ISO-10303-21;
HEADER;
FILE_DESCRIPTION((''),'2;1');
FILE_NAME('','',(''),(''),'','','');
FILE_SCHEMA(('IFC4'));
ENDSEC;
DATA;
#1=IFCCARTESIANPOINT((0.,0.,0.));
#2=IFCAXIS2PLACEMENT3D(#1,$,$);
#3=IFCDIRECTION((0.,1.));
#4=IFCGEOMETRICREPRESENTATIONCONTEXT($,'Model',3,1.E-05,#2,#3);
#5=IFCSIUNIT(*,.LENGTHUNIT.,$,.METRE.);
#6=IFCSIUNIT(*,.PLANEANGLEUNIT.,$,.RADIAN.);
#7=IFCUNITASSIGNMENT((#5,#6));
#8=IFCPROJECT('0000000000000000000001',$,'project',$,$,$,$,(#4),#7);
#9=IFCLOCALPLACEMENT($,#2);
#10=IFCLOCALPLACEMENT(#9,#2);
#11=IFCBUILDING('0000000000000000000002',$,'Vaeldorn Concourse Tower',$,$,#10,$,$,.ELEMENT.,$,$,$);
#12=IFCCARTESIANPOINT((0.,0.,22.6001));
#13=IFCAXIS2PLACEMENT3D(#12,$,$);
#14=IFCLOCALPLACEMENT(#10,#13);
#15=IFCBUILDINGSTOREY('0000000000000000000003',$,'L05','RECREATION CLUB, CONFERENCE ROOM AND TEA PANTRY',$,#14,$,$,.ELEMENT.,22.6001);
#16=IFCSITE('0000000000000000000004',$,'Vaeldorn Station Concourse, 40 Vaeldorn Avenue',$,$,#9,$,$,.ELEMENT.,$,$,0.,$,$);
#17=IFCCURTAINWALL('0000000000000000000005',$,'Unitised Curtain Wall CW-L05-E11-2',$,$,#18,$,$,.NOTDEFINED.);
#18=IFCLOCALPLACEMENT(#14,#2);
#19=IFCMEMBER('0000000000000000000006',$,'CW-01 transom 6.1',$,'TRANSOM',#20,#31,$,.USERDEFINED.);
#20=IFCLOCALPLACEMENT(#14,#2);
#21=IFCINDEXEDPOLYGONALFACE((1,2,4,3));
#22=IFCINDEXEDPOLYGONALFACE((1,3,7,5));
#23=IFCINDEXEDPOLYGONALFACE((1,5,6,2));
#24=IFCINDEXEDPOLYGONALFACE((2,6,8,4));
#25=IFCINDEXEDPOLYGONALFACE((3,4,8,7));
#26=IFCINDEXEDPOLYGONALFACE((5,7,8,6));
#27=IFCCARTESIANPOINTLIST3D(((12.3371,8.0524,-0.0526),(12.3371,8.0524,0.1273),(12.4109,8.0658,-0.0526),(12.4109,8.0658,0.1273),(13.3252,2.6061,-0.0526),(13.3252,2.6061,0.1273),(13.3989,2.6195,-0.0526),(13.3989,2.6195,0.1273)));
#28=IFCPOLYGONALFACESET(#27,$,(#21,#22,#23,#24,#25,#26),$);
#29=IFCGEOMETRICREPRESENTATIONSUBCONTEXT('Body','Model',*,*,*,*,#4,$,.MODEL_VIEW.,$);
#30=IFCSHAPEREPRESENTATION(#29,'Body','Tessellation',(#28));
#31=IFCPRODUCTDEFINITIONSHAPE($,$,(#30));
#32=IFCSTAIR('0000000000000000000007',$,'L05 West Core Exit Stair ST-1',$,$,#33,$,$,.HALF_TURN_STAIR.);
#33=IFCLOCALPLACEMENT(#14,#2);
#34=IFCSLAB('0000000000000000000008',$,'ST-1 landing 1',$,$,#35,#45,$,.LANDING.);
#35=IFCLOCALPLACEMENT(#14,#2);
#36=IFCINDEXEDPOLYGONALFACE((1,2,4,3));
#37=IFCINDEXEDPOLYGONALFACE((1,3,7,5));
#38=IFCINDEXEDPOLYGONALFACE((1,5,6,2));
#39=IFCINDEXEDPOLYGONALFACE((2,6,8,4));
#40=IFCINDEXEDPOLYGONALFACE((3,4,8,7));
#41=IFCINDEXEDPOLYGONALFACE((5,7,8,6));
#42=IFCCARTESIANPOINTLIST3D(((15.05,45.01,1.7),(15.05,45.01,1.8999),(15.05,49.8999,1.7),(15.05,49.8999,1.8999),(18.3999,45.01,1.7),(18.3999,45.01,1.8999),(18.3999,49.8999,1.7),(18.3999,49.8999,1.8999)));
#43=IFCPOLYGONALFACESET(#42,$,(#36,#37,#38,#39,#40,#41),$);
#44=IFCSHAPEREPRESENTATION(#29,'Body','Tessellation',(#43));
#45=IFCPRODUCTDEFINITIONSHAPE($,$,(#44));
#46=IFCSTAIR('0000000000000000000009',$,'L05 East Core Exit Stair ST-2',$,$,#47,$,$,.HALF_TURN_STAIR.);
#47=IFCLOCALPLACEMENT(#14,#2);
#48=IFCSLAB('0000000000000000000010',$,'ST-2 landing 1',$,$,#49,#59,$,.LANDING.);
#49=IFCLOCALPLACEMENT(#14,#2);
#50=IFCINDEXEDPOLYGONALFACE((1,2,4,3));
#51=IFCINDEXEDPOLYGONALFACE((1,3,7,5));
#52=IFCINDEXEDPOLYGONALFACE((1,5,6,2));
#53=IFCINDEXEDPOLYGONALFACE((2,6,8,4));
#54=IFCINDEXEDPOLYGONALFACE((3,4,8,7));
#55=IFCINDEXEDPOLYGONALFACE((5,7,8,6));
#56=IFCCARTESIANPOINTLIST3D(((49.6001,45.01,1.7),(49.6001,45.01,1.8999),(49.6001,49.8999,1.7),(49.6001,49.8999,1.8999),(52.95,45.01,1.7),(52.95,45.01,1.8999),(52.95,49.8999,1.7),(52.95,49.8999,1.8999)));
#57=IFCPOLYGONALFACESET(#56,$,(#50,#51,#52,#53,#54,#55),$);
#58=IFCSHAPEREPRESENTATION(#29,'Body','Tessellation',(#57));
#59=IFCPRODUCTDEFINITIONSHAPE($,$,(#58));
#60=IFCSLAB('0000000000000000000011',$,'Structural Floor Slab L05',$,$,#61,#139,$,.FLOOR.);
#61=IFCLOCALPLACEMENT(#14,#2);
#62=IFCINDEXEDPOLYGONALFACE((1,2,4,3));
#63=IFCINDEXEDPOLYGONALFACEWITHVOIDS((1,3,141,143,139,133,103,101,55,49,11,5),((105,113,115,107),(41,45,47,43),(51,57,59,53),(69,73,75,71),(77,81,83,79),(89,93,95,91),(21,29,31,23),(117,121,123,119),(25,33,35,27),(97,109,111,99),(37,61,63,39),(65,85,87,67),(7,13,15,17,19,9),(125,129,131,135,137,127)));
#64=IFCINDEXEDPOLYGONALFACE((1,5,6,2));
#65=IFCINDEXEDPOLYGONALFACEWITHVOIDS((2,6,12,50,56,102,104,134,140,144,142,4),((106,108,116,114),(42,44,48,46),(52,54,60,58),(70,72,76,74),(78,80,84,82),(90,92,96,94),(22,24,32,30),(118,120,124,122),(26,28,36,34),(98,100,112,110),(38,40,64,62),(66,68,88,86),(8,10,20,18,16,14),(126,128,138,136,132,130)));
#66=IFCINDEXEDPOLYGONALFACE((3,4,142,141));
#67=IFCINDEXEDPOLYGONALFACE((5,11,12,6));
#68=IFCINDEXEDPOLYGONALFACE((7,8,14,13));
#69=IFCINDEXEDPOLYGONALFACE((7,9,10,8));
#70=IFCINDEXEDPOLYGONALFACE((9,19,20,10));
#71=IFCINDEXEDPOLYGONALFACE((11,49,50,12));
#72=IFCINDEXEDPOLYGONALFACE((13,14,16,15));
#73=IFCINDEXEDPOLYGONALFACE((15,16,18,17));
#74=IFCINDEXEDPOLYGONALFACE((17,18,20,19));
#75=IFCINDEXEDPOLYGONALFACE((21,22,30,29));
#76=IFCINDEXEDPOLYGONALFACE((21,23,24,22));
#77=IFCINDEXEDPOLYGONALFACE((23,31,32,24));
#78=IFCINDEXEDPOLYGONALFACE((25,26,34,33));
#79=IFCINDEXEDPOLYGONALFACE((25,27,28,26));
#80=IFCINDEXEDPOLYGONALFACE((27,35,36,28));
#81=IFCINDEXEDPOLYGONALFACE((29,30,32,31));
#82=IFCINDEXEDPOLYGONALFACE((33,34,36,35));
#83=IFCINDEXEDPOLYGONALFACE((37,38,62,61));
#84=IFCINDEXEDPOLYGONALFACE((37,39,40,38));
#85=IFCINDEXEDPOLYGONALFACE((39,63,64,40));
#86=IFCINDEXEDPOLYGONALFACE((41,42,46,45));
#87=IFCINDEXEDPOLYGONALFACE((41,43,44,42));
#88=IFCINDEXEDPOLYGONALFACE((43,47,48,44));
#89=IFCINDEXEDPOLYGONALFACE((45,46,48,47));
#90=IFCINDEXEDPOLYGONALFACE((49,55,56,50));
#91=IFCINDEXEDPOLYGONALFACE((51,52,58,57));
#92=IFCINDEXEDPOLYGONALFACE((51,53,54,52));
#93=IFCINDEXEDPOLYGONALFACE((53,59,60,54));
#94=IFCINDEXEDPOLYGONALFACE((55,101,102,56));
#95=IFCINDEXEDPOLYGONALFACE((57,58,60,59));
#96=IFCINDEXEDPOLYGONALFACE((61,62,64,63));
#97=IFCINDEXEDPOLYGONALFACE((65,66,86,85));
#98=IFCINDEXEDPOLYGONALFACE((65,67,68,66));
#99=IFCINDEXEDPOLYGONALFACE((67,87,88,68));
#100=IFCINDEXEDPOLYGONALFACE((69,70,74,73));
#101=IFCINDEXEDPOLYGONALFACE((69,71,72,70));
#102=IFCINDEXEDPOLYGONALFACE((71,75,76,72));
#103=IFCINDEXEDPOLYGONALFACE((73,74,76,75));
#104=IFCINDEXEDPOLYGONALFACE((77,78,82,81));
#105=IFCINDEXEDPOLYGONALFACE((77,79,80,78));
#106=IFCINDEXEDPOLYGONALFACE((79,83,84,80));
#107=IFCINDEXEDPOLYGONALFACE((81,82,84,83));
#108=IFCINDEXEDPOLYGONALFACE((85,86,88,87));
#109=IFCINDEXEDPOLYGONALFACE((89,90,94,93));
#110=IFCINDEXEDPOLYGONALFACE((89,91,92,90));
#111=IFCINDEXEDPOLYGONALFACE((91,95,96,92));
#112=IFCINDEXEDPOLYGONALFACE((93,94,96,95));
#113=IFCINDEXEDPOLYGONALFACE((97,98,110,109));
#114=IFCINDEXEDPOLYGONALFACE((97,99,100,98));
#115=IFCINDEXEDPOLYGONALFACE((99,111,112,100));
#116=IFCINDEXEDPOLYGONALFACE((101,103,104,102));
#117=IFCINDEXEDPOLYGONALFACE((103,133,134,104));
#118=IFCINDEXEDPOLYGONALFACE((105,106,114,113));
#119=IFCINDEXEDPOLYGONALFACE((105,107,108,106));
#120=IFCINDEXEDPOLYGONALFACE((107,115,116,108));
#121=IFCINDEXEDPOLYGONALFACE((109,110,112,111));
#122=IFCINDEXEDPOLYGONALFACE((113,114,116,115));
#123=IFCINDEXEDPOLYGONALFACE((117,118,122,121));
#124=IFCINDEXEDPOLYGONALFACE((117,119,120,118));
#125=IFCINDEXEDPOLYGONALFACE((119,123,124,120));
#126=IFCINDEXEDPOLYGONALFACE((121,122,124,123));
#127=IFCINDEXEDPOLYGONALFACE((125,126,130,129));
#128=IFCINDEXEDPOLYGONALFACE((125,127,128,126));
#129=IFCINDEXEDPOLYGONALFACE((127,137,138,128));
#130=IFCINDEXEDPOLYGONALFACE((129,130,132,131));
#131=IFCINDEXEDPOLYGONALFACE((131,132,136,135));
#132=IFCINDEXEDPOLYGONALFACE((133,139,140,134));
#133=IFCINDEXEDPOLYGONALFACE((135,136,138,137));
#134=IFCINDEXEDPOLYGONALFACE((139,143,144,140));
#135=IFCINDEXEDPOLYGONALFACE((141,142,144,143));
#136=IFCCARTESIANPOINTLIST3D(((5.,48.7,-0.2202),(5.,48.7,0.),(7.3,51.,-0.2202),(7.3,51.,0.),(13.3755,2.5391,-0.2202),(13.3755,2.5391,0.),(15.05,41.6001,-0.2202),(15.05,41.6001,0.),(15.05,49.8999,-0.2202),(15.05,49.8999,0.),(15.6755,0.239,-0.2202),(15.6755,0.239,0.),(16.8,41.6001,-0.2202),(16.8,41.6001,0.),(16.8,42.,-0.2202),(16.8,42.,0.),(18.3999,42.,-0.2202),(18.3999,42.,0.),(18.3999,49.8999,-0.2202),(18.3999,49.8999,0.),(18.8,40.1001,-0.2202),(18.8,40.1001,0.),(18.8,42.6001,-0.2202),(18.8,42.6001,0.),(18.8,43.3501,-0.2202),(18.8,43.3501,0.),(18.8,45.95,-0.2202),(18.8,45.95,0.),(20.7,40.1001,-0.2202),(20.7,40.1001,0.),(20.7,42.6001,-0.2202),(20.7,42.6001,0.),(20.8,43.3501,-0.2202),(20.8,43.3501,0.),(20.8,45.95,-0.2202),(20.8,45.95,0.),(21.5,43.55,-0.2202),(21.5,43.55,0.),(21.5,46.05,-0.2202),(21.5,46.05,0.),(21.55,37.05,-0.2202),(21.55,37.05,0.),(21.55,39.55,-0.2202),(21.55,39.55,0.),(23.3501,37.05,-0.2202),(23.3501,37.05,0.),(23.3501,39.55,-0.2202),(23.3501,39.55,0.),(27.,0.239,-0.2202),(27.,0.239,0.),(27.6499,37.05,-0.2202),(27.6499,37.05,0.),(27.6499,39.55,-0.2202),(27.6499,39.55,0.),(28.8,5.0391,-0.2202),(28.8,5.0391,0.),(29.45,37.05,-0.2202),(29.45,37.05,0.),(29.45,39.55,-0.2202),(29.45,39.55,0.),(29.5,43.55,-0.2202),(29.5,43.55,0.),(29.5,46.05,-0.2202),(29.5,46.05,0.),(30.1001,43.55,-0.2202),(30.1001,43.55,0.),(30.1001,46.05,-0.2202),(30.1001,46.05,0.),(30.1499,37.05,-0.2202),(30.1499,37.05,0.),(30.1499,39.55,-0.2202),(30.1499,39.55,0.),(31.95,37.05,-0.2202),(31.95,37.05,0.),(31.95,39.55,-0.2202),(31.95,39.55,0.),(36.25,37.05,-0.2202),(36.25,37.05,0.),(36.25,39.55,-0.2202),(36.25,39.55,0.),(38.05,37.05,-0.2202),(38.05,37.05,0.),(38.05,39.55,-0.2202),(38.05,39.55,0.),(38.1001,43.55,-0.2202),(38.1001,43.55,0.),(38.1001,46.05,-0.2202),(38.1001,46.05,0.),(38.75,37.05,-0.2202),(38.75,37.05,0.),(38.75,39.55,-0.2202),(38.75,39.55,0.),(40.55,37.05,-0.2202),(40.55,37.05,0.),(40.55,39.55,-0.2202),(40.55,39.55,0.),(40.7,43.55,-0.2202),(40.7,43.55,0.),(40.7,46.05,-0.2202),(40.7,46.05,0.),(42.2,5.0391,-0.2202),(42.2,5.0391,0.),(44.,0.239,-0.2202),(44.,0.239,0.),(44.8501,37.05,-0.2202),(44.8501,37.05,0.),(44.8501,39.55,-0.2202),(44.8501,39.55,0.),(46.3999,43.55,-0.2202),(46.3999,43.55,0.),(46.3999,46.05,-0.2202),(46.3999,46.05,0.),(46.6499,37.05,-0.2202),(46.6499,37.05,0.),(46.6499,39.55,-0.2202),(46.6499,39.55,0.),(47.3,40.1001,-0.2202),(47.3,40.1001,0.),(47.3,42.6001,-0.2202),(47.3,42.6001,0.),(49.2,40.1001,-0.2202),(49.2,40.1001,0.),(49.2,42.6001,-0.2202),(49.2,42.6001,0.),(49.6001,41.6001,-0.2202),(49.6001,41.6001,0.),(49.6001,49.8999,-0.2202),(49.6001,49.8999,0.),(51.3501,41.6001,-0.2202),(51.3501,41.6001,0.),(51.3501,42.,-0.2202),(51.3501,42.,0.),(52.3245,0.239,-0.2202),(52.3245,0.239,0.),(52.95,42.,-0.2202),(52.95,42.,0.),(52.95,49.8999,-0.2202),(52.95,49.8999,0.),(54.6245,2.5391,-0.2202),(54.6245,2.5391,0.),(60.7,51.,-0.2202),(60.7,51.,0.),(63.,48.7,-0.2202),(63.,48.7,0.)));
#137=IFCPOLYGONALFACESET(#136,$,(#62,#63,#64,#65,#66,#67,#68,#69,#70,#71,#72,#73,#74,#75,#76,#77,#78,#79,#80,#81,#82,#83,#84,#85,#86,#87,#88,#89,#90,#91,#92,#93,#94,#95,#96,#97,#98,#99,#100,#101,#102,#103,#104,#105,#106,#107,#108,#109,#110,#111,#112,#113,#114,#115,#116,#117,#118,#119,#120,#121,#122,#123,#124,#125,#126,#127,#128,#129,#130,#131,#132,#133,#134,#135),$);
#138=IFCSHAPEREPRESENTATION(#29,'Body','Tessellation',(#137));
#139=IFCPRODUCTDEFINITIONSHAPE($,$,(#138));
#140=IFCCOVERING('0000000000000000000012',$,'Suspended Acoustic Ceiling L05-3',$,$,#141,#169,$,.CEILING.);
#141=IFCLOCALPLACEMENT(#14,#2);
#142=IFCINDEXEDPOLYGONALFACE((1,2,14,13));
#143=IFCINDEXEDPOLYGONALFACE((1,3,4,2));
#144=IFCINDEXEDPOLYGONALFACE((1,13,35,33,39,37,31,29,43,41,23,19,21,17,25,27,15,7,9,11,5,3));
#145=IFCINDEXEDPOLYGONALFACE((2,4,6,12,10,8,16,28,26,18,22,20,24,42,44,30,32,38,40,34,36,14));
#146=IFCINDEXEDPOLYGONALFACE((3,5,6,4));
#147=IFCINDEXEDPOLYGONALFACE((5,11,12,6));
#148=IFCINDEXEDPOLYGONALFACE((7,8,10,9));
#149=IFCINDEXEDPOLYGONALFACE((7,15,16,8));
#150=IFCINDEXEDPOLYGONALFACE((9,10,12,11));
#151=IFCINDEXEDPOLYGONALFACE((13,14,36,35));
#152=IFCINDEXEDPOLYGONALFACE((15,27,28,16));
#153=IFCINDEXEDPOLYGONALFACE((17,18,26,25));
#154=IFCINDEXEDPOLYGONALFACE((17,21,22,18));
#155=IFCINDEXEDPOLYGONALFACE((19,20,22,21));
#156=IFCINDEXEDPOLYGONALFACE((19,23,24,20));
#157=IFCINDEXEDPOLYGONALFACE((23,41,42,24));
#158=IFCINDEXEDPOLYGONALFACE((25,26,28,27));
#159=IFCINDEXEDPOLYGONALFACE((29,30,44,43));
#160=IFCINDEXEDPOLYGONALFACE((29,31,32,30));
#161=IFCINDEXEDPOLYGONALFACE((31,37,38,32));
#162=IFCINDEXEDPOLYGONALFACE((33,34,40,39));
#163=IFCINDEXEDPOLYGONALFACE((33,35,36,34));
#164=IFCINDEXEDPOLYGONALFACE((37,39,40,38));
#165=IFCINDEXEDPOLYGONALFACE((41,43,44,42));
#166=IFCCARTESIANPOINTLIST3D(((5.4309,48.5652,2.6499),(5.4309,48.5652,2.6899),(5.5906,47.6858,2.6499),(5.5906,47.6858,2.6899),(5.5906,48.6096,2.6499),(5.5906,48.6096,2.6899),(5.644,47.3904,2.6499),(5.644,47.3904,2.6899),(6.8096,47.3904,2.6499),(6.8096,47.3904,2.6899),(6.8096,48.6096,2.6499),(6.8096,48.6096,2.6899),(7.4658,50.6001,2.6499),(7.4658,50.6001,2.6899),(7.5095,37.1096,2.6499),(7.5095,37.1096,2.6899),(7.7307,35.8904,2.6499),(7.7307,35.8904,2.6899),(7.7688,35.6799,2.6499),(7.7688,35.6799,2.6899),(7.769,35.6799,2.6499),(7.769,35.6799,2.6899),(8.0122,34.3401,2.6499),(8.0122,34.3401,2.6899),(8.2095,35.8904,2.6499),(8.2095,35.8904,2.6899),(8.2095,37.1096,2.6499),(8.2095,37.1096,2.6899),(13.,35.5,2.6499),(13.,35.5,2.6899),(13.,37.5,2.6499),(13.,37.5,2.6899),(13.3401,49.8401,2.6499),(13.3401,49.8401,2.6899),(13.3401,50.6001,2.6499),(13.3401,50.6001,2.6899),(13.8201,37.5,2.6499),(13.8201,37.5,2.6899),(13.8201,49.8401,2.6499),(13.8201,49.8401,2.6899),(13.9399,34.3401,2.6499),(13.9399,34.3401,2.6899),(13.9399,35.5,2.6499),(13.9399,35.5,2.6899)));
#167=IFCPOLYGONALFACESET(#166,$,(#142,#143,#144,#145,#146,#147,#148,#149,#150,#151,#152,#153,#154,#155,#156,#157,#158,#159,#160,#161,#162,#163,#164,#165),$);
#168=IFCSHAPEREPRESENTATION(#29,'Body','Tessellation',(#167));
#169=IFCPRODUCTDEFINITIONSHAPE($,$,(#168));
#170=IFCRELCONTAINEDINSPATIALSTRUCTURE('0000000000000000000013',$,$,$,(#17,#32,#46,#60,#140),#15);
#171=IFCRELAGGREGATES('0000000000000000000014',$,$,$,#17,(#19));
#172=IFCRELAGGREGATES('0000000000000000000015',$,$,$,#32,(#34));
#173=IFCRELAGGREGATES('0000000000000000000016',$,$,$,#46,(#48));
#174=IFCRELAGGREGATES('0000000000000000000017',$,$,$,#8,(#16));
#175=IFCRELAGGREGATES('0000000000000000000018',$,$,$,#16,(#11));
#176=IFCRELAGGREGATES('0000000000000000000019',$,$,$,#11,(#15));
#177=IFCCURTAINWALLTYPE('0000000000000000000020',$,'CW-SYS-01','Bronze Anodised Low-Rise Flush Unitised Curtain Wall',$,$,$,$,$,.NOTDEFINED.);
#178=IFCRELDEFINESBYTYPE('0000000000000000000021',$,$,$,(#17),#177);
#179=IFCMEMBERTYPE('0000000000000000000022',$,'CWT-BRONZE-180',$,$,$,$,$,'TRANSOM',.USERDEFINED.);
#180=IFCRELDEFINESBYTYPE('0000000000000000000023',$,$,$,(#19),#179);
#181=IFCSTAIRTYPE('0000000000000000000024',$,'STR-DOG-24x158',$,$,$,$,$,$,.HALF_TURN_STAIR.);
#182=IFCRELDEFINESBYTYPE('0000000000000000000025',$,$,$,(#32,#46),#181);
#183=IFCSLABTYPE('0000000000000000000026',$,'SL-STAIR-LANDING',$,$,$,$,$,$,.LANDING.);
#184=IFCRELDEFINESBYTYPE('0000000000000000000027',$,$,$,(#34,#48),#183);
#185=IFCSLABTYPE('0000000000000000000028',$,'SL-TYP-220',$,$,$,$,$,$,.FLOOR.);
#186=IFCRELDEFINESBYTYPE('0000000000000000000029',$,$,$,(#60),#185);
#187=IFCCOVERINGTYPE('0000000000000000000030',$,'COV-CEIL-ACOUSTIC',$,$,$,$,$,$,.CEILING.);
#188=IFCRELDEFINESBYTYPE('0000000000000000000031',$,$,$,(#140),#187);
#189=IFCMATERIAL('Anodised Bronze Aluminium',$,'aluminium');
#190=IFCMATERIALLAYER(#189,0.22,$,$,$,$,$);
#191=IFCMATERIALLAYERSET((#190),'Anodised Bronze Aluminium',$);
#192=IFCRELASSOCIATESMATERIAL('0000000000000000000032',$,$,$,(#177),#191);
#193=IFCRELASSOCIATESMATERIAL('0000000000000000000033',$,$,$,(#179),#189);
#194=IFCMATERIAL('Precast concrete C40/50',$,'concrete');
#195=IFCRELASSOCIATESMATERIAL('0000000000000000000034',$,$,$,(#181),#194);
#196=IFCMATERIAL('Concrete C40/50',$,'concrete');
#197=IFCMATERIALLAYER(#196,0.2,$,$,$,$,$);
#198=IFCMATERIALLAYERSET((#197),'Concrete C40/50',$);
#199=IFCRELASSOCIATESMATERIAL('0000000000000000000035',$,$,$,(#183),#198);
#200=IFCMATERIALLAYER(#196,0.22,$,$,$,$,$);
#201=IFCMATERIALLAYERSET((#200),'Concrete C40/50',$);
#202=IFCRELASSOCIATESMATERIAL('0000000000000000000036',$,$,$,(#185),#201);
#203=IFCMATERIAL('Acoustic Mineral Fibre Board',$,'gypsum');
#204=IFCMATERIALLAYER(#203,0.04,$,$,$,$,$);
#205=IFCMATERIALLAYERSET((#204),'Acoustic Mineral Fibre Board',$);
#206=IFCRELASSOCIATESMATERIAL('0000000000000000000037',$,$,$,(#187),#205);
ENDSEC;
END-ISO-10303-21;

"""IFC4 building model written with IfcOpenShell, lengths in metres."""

from ifc_helpers import new_model, si_unit, direction, frame, origin, origin_2d, place, context, subcontext, project, spatial, polyline, rectangle, outline, extrude, source, transform, mapped, material, layer, layer_set, material_profile, profile_set, type_object, element, aggregate, save


model = new_model("IFC4")

# Units and contexts
model_context = context("Model", 3, precision=1e-05, world=origin(), true_north=direction((0.0, 1.0)))
body_context = subcontext(model_context, "Body", "Model", "MODEL_VIEW")
ifc_project = project(units=[si_unit("LENGTHUNIT", "METRE"), si_unit("PLANEANGLEUNIT", "RADIAN")], contexts=[model_context])

# Site, building, storey
site_placement = place(None, origin())
site = spatial("IfcSite", under=ifc_project, at=site_placement, Name="Vaeldorn Station Concourse, 40 Vaeldorn Avenue", CompositionType="ELEMENT", RefElevation=0.0)
building_placement = place(site_placement, origin())
building = spatial("IfcBuilding", under=site, at=building_placement, Name="Vaeldorn Concourse Tower", CompositionType="ELEMENT")
storey_placement = place(building_placement, frame((0.0, 0.0, 22.6001)))
storey = spatial("IfcBuildingStorey", under=building, at=storey_placement, Name="L05", Description="RECREATION CLUB, CONFERENCE ROOM AND TEA PANTRY", CompositionType="ELEMENT", Elevation=22.6001)

# Curtain wall, member
ifc_material_1 = material(Name="Anodised Bronze Aluminium", Category="aluminium")
ifc_layer_1 = layer(ifc_material_1, 0.22)
ifc_layer_set_1 = layer_set([ifc_layer_1], Name="Anodised Bronze Aluminium")
curtain_wall_type = type_object("IfcCurtainWallType", Name="CW-SYS-01", Description="Bronze Anodised Low-Rise Flush Unitised Curtain Wall", PredefinedType="NOTDEFINED", material=ifc_layer_set_1)
curtain_wall_placement = place(storey_placement, origin())
curtain_wall = element("IfcCurtainWall", 1, at=curtain_wall_placement, inside=storey, type_object=curtain_wall_type, Name="Unitised Curtain Wall CW-L05-E11-2", PredefinedType="NOTDEFINED")
ifc_material_profile = material_profile(ifc_material_1, rectangle(XDim=0.075, YDim=0.1799, at=origin_2d()), Name="CWT 75x180")
ifc_profile_set = profile_set([ifc_material_profile], Name="Anodised Bronze Aluminium")
member_type = type_object("IfcMemberType", Name="CWT-BRONZE-180", ElementType="TRANSOM", PredefinedType="USERDEFINED", material=ifc_profile_set)
shared_shape = source(origin(), body_context, "Body", "SweptSolid", [
    extrude(rectangle(XDim=0.075, YDim=0.1799, at=origin_2d()), origin(), (0.0, 0.0, 1.0), 5.5352),
])
member_placement = place(storey_placement, frame((12.374, 8.0591, 0.0374), z_axis=(0.178501, -0.98394, 0.0), x_axis=(0.98394, 0.178501, 0.0)))
member = element("IfcMember", 2, at=member_placement, type_object=member_type, Name="CW-01 transom 6.1", ObjectType="TRANSOM", PredefinedType="USERDEFINED", context=body_context, shape_type="MappedRepresentation", body=[
    mapped(shared_shape, transform((0.0, 0.0, 0.0), scale=1.0)),
])
aggregate(curtain_wall, [member])

# Stairs, slabs
ifc_material_2 = material(Name="Precast concrete C40/50", Category="concrete")
stair_type = type_object("IfcStairType", Name="STR-DOG-24x158", PredefinedType="HALF_TURN_STAIR", material=ifc_material_2)
stair_1_placement = place(storey_placement, origin())
stair_1 = element("IfcStair", 3, at=stair_1_placement, inside=storey, type_object=stair_type, Name="L05 West Core Exit Stair ST-1", PredefinedType="HALF_TURN_STAIR")
ifc_material_3 = material(Name="Concrete C40/50", Category="concrete")
ifc_layer_2 = layer(ifc_material_3, 0.2)
ifc_layer_set_2 = layer_set([ifc_layer_2], Name="Concrete C40/50")
slab_type_1 = type_object("IfcSlabType", Name="SL-STAIR-LANDING", PredefinedType="LANDING", material=ifc_layer_set_2)
slab_1_placement = place(storey_placement, frame((0.0, 0.0, 1.7)))
slab_1 = element("IfcSlab", 4, at=slab_1_placement, type_object=slab_type_1, Name="ST-1 landing 1", PredefinedType="LANDING", context=body_context, shape_type="SweptSolid", body=[
    extrude(outline(polyline([(18.3999, 45.01), (18.3999, 49.8999), (15.05, 49.8999), (15.05, 45.01), (18.3999, 45.01)])), origin(), (0.0, 0.0, 1.0), 0.2),
])
aggregate(stair_1, [slab_1])
stair_2_placement = place(storey_placement, origin())
stair_2 = element("IfcStair", 5, at=stair_2_placement, inside=storey, type_object=stair_type, Name="L05 East Core Exit Stair ST-2", PredefinedType="HALF_TURN_STAIR")
slab_2_placement = place(storey_placement, frame((0.0, 0.0, 1.7)))
slab_2 = element("IfcSlab", 6, at=slab_2_placement, type_object=slab_type_1, Name="ST-2 landing 1", PredefinedType="LANDING", context=body_context, shape_type="SweptSolid", body=[
    extrude(outline(polyline([(52.95, 45.01), (52.95, 49.8999), (49.6001, 49.8999), (49.6001, 45.01), (52.95, 45.01)])), origin(), (0.0, 0.0, 1.0), 0.2),
])
aggregate(stair_2, [slab_2])

# Slab
ifc_layer_3 = layer(ifc_material_3, 0.22)
ifc_layer_set_3 = layer_set([ifc_layer_3], Name="Concrete C40/50")
slab_type_2 = type_object("IfcSlabType", Name="SL-TYP-220", PredefinedType="FLOOR", material=ifc_layer_set_3)
slab_3_placement = place(storey_placement, frame((0.0, 0.0, -0.2202)))
element("IfcSlab", 7, at=slab_3_placement, inside=storey, type_object=slab_type_2, Name="Structural Floor Slab L05", PredefinedType="FLOOR", context=body_context, shape_type="SweptSolid", body=[
    extrude(outline(polyline([(15.6755, 0.239), (27.0, 0.239), (28.8, 5.0391), (42.2, 5.0391), (44.0, 0.239), (52.3245, 0.239), (54.6245, 2.5391), (63.0, 48.7), (60.7, 51.0), (7.3, 51.0), (5.0, 48.7), (13.3755, 2.5391), (15.6755, 0.239)]), holes=[polyline([(18.3999, 42.0), (18.3999, 49.8999), (15.05, 49.8999), (15.05, 41.6001), (16.8, 41.6001), (16.8, 42.0), (18.3999, 42.0)]), polyline([(52.95, 42.0), (52.95, 49.8999), (49.6001, 49.8999), (49.6001, 41.6001), (51.3501, 41.6001), (51.3501, 42.0), (52.95, 42.0)]), polyline([(21.55, 37.05), (23.3501, 37.05), (23.3501, 39.55), (21.55, 39.55), (21.55, 37.05)]), polyline([(27.6499, 37.05), (29.45, 37.05), (29.45, 39.55), (27.6499, 39.55), (27.6499, 37.05)]), polyline([(21.5, 43.55), (29.5, 43.55), (29.5, 46.05), (21.5, 46.05), (21.5, 43.55)]), polyline([(30.1499, 37.05), (31.95, 37.05), (31.95, 39.55), (30.1499, 39.55), (30.1499, 37.05)]), polyline([(36.25, 37.05), (38.05, 37.05), (38.05, 39.55), (36.25, 39.55), (36.25, 37.05)]), polyline([(30.1001, 43.55), (38.1001, 43.55), (38.1001, 46.05), (30.1001, 46.05), (30.1001, 43.55)]), polyline([(38.75, 37.05), (40.55, 37.05), (40.55, 39.55), (38.75, 39.55), (38.75, 37.05)]), polyline([(44.8501, 37.05), (46.6499, 37.05), (46.6499, 39.55), (44.8501, 39.55), (44.8501, 37.05)]), polyline([(40.7, 43.55), (46.3999, 43.55), (46.3999, 46.05), (40.7, 46.05), (40.7, 43.55)]), polyline([(18.8, 43.3501), (20.8, 43.3501), (20.8, 45.95), (18.8, 45.95), (18.8, 43.3501)]), polyline([(18.8, 40.1001), (20.7, 40.1001), (20.7, 42.6001), (18.8, 42.6001), (18.8, 40.1001)]), polyline([(47.3, 40.1001), (49.2, 40.1001), (49.2, 42.6001), (47.3, 42.6001), (47.3, 40.1001)])]), origin(), (0.0, 0.0, 1.0), 0.2202),
])

# Covering
ifc_material_4 = material(Name="Acoustic Mineral Fibre Board", Category="gypsum")
ifc_layer_4 = layer(ifc_material_4, 0.04)
ifc_layer_set_4 = layer_set([ifc_layer_4], Name="Acoustic Mineral Fibre Board")
covering_type_1 = type_object("IfcCoveringType", Name="COV-CEIL-ACOUSTIC", PredefinedType="CEILING", material=ifc_layer_set_4)
covering_1_placement = place(storey_placement, frame((0.0, 0.0, 2.6499)))
element("IfcCovering", 8, at=covering_1_placement, inside=storey, type_object=covering_type_1, Name="Suspended Acoustic Ceiling L05-3", PredefinedType="CEILING", context=body_context, shape_type="SweptSolid", body=[
    extrude(outline(polyline([(7.4658, 50.6001), (13.3401, 50.6001), (13.3401, 49.8401), (13.8201, 49.8401), (13.8201, 37.5), (13.0, 37.5), (13.0, 35.5), (13.9399, 35.5), (13.9399, 34.3401), (8.0122, 34.3401), (7.7688, 35.6799), (7.769, 35.6799), (7.7307, 35.8904), (8.2095, 35.8904), (8.2095, 37.1096), (7.5095, 37.1096), (5.644, 47.3904), (6.8096, 47.3904), (6.8096, 48.6096), (5.5906, 48.6096), (5.5906, 47.6858), (5.4309, 48.5652), (7.4658, 50.6001)])), origin(), (0.0, 0.0, 1.0), 0.04),
])

save(model, "model.ifc")
